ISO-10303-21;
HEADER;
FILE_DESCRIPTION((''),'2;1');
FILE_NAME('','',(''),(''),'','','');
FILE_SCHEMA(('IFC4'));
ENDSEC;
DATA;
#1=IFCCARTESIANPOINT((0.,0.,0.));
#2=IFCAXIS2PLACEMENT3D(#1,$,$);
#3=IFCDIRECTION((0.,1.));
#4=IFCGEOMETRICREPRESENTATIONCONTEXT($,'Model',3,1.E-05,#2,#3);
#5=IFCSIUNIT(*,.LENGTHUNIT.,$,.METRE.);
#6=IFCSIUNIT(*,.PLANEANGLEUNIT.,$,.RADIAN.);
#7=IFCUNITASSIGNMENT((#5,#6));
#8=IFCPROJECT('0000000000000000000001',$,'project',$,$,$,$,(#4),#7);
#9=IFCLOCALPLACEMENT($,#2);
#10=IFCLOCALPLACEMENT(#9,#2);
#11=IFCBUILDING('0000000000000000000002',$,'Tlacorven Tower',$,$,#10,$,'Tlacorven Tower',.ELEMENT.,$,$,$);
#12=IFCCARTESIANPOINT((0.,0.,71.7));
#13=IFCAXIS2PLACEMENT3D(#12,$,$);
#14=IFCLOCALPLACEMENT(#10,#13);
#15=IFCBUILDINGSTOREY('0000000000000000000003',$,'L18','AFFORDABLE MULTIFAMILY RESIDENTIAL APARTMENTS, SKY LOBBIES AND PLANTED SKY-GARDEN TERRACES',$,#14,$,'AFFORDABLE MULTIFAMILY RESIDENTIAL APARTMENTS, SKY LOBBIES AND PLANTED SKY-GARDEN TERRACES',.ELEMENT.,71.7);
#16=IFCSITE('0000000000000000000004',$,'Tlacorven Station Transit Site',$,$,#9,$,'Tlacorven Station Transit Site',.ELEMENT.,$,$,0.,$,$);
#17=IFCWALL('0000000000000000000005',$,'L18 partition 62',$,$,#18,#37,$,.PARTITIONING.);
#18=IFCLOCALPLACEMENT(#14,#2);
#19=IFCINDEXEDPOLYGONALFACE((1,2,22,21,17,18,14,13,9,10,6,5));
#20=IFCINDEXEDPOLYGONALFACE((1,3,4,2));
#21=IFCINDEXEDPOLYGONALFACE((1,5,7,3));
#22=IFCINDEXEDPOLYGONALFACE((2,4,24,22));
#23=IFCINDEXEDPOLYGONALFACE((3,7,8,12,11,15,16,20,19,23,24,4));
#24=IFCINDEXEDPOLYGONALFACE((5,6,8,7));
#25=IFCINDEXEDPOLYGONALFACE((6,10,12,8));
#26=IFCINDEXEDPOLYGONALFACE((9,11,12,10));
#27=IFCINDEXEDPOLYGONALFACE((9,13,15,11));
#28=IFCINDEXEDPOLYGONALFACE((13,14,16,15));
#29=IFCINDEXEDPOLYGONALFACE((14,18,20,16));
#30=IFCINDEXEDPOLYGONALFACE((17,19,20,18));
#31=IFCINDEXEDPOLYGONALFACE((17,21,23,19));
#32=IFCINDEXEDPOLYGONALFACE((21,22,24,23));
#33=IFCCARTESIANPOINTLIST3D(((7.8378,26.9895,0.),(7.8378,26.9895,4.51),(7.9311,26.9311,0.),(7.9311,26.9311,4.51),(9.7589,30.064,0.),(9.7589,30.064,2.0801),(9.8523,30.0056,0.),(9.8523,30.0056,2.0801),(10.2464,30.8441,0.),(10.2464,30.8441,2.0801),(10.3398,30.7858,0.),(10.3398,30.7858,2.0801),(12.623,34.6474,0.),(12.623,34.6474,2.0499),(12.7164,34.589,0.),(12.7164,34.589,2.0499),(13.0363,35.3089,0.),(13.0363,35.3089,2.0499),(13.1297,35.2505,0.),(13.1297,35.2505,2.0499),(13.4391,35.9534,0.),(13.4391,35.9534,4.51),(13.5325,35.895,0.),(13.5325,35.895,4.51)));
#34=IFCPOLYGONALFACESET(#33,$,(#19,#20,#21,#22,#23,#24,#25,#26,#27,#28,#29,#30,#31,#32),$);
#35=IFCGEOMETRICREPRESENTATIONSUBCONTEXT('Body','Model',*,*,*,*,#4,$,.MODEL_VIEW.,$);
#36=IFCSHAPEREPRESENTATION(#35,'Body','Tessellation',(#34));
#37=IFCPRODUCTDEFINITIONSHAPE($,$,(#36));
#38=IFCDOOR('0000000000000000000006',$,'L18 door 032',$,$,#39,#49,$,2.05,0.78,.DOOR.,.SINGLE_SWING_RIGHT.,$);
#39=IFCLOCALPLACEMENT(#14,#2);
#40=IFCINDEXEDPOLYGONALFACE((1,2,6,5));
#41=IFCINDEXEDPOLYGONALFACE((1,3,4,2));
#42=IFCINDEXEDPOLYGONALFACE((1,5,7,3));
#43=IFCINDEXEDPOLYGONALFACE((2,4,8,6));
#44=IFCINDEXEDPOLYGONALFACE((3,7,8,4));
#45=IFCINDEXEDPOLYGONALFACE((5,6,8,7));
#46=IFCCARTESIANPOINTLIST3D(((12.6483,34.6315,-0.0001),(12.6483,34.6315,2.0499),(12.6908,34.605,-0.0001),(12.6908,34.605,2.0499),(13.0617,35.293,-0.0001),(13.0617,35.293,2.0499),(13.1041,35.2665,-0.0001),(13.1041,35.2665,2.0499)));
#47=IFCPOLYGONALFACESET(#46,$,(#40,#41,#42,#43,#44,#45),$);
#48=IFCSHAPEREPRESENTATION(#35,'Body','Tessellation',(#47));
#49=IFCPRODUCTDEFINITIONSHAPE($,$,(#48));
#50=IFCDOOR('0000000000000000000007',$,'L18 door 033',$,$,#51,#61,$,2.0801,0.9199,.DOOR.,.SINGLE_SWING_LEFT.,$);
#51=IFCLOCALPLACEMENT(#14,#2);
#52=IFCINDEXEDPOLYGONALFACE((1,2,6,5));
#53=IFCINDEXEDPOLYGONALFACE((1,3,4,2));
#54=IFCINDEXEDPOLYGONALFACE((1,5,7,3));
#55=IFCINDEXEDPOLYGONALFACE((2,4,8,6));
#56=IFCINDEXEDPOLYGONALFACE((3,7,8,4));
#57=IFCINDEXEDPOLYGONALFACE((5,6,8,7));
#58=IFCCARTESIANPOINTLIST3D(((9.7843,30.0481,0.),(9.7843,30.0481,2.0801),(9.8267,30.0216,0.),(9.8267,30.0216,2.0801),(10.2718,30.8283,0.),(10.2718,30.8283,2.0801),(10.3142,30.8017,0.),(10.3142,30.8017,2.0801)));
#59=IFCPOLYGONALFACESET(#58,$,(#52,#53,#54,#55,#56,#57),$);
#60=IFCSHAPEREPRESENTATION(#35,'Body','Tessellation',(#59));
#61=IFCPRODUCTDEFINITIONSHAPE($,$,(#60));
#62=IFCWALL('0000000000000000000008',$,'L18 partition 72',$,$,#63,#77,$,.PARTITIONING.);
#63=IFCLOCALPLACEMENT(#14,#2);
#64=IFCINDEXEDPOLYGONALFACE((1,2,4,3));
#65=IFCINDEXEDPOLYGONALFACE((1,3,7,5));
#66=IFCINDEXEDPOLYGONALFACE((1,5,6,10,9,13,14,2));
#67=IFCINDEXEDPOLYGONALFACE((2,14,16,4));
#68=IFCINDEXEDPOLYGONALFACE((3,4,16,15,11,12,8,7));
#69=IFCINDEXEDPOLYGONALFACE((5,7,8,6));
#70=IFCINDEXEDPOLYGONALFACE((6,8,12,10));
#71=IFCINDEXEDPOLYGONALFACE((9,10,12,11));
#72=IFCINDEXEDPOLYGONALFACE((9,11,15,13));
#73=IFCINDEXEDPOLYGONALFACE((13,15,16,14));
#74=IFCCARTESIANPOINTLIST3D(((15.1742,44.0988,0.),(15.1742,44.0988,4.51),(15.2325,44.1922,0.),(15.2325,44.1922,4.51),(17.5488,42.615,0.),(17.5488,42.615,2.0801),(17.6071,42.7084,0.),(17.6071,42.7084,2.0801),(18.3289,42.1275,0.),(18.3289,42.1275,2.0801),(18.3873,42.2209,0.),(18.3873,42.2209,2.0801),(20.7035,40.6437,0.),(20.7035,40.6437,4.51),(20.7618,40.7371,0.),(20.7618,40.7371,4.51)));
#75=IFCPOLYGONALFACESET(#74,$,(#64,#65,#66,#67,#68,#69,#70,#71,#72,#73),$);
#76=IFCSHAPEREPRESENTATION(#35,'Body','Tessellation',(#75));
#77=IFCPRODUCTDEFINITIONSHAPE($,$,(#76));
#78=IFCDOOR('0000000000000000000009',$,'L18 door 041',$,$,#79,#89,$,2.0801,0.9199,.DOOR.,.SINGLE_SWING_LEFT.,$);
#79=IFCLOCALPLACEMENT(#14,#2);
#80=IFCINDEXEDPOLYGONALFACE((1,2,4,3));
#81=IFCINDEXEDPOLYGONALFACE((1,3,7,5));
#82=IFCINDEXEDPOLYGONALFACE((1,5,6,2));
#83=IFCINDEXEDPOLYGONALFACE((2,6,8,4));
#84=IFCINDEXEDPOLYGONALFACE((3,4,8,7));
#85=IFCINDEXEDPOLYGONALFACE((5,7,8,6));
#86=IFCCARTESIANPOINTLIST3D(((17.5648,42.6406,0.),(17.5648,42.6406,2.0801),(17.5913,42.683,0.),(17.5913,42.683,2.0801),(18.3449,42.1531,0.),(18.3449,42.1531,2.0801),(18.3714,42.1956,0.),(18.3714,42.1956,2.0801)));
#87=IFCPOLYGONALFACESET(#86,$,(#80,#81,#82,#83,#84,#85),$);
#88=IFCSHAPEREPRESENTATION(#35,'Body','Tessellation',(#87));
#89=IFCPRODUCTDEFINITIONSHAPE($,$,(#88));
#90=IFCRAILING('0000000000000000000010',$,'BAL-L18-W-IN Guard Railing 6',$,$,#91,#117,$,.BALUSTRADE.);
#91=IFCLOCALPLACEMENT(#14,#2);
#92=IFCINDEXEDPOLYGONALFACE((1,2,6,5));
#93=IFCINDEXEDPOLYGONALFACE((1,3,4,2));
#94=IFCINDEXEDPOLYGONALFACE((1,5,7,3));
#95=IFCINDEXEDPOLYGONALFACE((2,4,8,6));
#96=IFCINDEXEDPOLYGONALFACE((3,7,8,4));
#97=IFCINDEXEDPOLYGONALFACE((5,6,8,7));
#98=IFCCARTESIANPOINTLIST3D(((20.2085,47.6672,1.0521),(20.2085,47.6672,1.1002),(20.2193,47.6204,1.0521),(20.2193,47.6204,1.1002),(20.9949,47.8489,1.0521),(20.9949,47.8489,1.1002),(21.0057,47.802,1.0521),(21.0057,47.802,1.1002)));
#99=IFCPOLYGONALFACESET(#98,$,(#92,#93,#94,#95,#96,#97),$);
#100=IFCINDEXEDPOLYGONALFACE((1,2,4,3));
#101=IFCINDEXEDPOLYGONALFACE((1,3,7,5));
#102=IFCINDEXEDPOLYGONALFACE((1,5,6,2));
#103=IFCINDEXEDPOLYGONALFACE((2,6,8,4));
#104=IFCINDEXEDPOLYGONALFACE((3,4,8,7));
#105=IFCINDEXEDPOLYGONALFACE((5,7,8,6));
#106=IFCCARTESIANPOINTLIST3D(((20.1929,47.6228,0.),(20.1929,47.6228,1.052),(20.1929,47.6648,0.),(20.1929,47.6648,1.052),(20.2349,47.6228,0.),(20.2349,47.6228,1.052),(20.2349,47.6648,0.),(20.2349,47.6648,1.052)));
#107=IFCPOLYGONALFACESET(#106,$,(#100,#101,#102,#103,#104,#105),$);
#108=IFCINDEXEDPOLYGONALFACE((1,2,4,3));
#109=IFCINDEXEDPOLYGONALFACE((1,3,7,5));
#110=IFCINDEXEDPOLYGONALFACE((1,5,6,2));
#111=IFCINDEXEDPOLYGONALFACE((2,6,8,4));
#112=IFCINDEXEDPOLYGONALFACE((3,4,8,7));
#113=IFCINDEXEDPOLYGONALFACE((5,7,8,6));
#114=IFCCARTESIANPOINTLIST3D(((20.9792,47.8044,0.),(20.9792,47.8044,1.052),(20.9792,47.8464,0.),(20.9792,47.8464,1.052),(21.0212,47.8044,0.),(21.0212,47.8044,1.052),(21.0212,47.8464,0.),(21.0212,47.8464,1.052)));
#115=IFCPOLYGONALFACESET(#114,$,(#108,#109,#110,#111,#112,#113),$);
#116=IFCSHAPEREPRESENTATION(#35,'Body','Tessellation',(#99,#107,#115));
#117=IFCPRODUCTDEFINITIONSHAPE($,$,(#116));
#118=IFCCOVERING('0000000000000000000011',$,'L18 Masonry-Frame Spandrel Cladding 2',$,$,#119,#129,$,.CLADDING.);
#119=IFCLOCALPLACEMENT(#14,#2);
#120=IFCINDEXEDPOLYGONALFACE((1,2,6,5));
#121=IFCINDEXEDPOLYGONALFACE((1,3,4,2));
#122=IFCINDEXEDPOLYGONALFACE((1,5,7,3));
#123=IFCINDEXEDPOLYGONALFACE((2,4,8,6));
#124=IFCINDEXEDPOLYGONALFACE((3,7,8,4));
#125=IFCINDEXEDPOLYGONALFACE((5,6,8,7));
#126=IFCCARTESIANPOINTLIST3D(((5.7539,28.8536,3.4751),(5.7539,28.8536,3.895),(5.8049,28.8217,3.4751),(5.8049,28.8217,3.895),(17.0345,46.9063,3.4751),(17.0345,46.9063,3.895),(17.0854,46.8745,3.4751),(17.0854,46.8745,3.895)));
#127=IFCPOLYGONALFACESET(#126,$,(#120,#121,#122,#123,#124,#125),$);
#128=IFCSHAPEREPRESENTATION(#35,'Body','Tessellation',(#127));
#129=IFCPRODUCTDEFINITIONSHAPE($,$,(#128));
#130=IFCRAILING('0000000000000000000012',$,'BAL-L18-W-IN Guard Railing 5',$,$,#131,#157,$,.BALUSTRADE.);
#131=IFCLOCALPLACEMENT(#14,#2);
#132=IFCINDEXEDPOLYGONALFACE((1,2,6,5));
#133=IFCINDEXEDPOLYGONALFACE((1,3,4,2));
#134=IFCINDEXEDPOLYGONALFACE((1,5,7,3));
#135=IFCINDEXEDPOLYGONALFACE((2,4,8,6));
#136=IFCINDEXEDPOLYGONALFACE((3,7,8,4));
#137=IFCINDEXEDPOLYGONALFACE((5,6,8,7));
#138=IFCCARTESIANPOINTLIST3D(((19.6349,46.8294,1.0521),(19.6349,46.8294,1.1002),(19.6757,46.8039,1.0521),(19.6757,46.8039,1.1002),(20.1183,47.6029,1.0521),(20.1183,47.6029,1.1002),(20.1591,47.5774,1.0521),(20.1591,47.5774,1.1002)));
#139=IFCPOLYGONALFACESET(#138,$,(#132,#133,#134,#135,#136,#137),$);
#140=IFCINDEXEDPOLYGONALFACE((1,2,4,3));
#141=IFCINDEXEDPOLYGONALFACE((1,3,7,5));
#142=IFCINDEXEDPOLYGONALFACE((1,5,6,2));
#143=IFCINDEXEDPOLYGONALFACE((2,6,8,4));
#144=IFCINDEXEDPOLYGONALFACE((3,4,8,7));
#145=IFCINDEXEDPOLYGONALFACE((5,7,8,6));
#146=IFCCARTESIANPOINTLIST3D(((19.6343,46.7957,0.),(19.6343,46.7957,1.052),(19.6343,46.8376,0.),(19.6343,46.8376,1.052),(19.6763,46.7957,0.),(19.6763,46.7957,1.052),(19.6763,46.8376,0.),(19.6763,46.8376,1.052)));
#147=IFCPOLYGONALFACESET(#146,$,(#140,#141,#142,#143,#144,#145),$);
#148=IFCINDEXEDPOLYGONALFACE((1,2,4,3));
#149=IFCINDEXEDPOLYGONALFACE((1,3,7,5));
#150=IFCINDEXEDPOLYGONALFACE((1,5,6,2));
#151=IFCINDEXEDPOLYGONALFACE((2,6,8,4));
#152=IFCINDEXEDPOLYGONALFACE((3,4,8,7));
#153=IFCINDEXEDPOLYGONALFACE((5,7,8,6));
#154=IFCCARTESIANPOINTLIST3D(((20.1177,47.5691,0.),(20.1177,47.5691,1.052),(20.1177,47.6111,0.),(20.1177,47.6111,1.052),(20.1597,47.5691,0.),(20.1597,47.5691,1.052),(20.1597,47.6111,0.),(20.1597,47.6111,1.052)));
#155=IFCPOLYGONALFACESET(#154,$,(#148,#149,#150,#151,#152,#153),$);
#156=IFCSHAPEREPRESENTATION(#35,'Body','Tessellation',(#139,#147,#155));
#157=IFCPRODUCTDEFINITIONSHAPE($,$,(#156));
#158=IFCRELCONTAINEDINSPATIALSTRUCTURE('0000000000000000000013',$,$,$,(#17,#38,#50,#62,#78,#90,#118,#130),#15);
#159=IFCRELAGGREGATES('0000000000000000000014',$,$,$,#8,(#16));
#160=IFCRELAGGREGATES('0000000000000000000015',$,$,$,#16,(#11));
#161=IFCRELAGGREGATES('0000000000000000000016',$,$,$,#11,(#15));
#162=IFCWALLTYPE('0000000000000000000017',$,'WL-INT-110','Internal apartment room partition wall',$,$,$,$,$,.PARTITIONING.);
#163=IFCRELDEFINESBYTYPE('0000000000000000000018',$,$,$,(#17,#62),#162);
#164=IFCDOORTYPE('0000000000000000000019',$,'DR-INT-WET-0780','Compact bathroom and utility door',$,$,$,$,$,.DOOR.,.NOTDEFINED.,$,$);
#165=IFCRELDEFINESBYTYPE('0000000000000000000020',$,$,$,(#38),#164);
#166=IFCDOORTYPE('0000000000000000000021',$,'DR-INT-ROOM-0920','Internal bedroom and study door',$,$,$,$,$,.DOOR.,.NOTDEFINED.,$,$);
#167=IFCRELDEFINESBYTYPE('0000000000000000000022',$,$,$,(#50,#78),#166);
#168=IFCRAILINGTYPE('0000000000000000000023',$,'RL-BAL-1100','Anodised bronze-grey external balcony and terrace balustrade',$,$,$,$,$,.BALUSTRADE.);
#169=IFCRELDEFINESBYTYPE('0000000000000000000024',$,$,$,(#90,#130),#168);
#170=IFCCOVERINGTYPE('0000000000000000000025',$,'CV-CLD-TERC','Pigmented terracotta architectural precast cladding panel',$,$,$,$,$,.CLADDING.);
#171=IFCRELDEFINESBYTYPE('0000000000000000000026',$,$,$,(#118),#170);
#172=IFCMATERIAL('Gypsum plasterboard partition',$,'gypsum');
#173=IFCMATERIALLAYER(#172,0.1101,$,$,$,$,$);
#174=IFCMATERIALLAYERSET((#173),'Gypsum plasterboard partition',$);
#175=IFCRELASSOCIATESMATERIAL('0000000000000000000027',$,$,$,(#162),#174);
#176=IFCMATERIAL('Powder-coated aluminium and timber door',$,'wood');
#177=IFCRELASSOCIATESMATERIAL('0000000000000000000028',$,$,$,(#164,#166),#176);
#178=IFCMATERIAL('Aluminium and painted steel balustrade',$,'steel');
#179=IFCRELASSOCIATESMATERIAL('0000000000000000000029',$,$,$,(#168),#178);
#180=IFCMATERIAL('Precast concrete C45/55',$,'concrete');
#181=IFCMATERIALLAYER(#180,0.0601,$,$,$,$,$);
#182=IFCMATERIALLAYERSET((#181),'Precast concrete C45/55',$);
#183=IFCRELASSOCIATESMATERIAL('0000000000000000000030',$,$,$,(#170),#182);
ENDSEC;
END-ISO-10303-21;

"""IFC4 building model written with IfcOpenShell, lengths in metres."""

from ifc_helpers import new_model, si_unit, direction, frame, frame_2d, origin, origin_2d, place, context, subcontext, project, spatial, rectangle, extrude, source, transform, mapped, material, layer, layer_set, type_object, element, fill, save


model = new_model("IFC4")

# Units and contexts
model_context = context("Model", 3, precision=1e-05, world=origin(), true_north=direction((0.0, 1.0)))
body_context = subcontext(model_context, "Body", "Model", "MODEL_VIEW")
ifc_project = project(units=[si_unit("LENGTHUNIT", "METRE"), si_unit("PLANEANGLEUNIT", "RADIAN")], contexts=[model_context])

# Site, building, storey
site_placement = place(None, origin())
site = spatial("IfcSite", under=ifc_project, at=site_placement, Name="Tlacorven Station Transit Site", LongName="Tlacorven Station Transit Site", CompositionType="ELEMENT", RefElevation=0.0)
building_placement = place(site_placement, origin())
building = spatial("IfcBuilding", under=site, at=building_placement, Name="Tlacorven Tower", LongName="Tlacorven Tower", CompositionType="ELEMENT")
storey_placement = place(building_placement, frame((0.0, 0.0, 71.7)))
storey = spatial("IfcBuildingStorey", under=building, at=storey_placement, Name="L18", Description="AFFORDABLE MULTIFAMILY RESIDENTIAL APARTMENTS, SKY LOBBIES AND PLANTED SKY-GARDEN TERRACES", LongName="AFFORDABLE MULTIFAMILY RESIDENTIAL APARTMENTS, SKY LOBBIES AND PLANTED SKY-GARDEN TERRACES", CompositionType="ELEMENT", Elevation=71.7)

# Shared definitions
ifc_material_1 = material(Name="Precast concrete C45/55", Category="concrete")
ifc_material_2 = material(Name="Powder-coated aluminium and timber door", Category="wood")

# Wall, openings, doors
ifc_material_3 = material(Name="Gypsum plasterboard partition", Category="gypsum")
ifc_layer_1 = layer(ifc_material_3, 0.1101)
ifc_layer_set_1 = layer_set([ifc_layer_1], Name="Gypsum plasterboard partition")
wall_type_1 = type_object("IfcWallType", Name="WL-INT-110", Description="Internal apartment room partition wall", PredefinedType="PARTITIONING", material=ifc_layer_set_1)
wall_1_placement = place(storey_placement, frame((13.4858, 35.9243, 0.0), z_axis=(0.0, 0.0, 1.0), x_axis=(-0.529924, -0.848045, 0.0)))
wall_1 = element("IfcWall", 1, at=wall_1_placement, inside=storey, type_object=wall_type_1, Name="L18 partition 62", PredefinedType="PARTITIONING", context=body_context, shape_type="SweptSolid", body=[
    extrude(rectangle(XDim=10.5701, YDim=0.1101, at=frame_2d((5.2852, 0.0))), origin(), (0.0, 0.0, 1.0), 4.51),
])
opening_1_placement = place(wall_1_placement, frame((0.76, 0.0, 0.0)))
opening_1 = element("IfcOpeningElement", 2, at=opening_1_placement, cuts=wall_1, PredefinedType="OPENING", context=body_context, shape_type="SweptSolid", body=[
    extrude(rectangle(XDim=0.78, YDim=2.05, at=frame_2d((0.3901, 1.0249))), frame((0.0, 0.0649, 0.0), z_axis=(0.0, -1.0, 0.0), x_axis=(1.0, 0.0, 0.0)), (0.0, 0.0, 1.0), 0.1301),
])
opening_2_placement = place(wall_1_placement, frame((6.0249, 0.0, 0.0)))
opening_2 = element("IfcOpeningElement", 3, at=opening_2_placement, cuts=wall_1, PredefinedType="OPENING", context=body_context, shape_type="SweptSolid", body=[
    extrude(rectangle(XDim=0.9199, YDim=2.0801, at=frame_2d((0.46, 1.04))), frame((0.0, 0.0649, 0.0), z_axis=(0.0, -1.0, 0.0), x_axis=(1.0, 0.0, 0.0)), (0.0, 0.0, 1.0), 0.1301),
])
door_type_1 = type_object("IfcDoorType", Name="DR-INT-WET-0780", Description="Compact bathroom and utility door", OperationType="NOTDEFINED", PredefinedType="DOOR", material=ifc_material_2)
shared_shape_1 = source(origin(), body_context, "Body", "SweptSolid", [
    extrude(rectangle(XDim=0.78, YDim=2.05, at=frame_2d((0.3901, 1.0249))), frame((0.0, 0.0249, 0.0), z_axis=(0.0, -1.0, 0.0), x_axis=(1.0, 0.0, 0.0)), (0.0, 0.0, 1.0), 0.05),
])
door_1_placement = place(opening_1_placement, origin())
door_1 = element("IfcDoor", 4, at=door_1_placement, inside=storey, type_object=door_type_1, Name="L18 door 032", OperationType="SINGLE_SWING_RIGHT", OverallHeight=2.05, OverallWidth=0.78, PredefinedType="DOOR", context=body_context, shape_type="MappedRepresentation", body=[
    mapped(shared_shape_1, transform((0.0, 0.0, 0.0), scale=1.0)),
])
fill(opening_1, door_1)
door_type_2 = type_object("IfcDoorType", Name="DR-INT-ROOM-0920", Description="Internal bedroom and study door", OperationType="NOTDEFINED", PredefinedType="DOOR", material=ifc_material_2)
shared_shape_2 = source(origin(), body_context, "Body", "SweptSolid", [
    extrude(rectangle(XDim=0.9199, YDim=2.0801, at=frame_2d((0.46, 1.04))), frame((0.0, 0.0249, 0.0), z_axis=(0.0, -1.0, 0.0), x_axis=(1.0, 0.0, 0.0)), (0.0, 0.0, 1.0), 0.05),
])
door_2_placement = place(opening_2_placement, origin())
door_2 = element("IfcDoor", 5, at=door_2_placement, inside=storey, type_object=door_type_2, Name="L18 door 033", OperationType="SINGLE_SWING_LEFT", OverallHeight=2.0801, OverallWidth=0.9199, PredefinedType="DOOR", context=body_context, shape_type="MappedRepresentation", body=[
    mapped(shared_shape_2, transform((0.0, 0.0, 0.0), scale=1.0)),
])
fill(opening_2, door_2)

# Wall, opening, door
wall_2_placement = place(storey_placement, frame((20.7327, 40.6904, 0.0), z_axis=(0.0, 0.0, 1.0), x_axis=(-0.848049, 0.529918, 0.0)))
wall_2 = element("IfcWall", 6, at=wall_2_placement, inside=storey, type_object=wall_type_1, Name="L18 partition 72", PredefinedType="PARTITIONING", context=body_context, shape_type="SweptSolid", body=[
    extrude(rectangle(XDim=6.52, YDim=0.1101, at=frame_2d((3.26, 0.0))), origin(), (0.0, 0.0, 1.0), 4.51),
])
opening_3_placement = place(wall_2_placement, frame((2.8, 0.0, 0.0)))
opening_3 = element("IfcOpeningElement", 7, at=opening_3_placement, cuts=wall_2, PredefinedType="OPENING", context=body_context, shape_type="SweptSolid", body=[
    extrude(rectangle(XDim=0.9199, YDim=2.0801, at=frame_2d((0.46, 1.04))), frame((0.0, 0.0649, 0.0), z_axis=(0.0, -1.0, 0.0), x_axis=(1.0, 0.0, 0.0)), (0.0, 0.0, 1.0), 0.1301),
])
door_3_placement = place(opening_3_placement, origin())
door_3 = element("IfcDoor", 8, at=door_3_placement, inside=storey, type_object=door_type_2, Name="L18 door 041", OperationType="SINGLE_SWING_LEFT", OverallHeight=2.0801, OverallWidth=0.9199, PredefinedType="DOOR", context=body_context, shape_type="MappedRepresentation", body=[
    mapped(shared_shape_2, transform((0.0, 0.0, 0.0), scale=1.0)),
])
fill(opening_3, door_3)

# Railing
ifc_material_4 = material(Name="Aluminium and painted steel balustrade", Category="steel")
railing_type = type_object("IfcRailingType", Name="RL-BAL-1100", Description="Anodised bronze-grey external balcony and terrace balustrade", PredefinedType="BALUSTRADE", material=ifc_material_4)
shared_shape_3 = source(origin(), body_context, "Body", "SweptSolid", [
    extrude(rectangle(XDim=0.0481, YDim=0.0481, at=origin_2d()), frame((0.0, 0.0, 1.0762), z_axis=(0.974345, 0.225058, 0.0), x_axis=(-0.225058, 0.974345, 0.0)), (0.0, 0.0, 1.0), 0.8071),
    extrude(rectangle(XDim=0.042, YDim=0.042, at=origin_2d()), origin(), (0.0, 0.0, 1.0), 1.052),
    extrude(rectangle(XDim=0.042, YDim=0.042, at=origin_2d()), frame((0.7864, 0.1816, 0.0)), (0.0, 0.0, 1.0), 1.052),
])
railing_1_placement = place(storey_placement, frame((20.2139, 47.6438, 0.0)))
element("IfcRailing", 9, at=railing_1_placement, inside=storey, type_object=railing_type, Name="BAL-L18-W-IN Guard Railing 6", PredefinedType="BALUSTRADE", context=body_context, shape_type="MappedRepresentation", body=[
    mapped(shared_shape_3, transform((0.0, 0.0, 0.0), scale=1.0)),
])

# Covering
ifc_layer_2 = layer(ifc_material_1, 0.0601)
ifc_layer_set_2 = layer_set([ifc_layer_2], Name="Precast concrete C45/55")
covering_type = type_object("IfcCoveringType", Name="CV-CLD-TERC", Description="Pigmented terracotta architectural precast cladding panel", PredefinedType="CLADDING", material=ifc_layer_set_2)
shared_shape_4 = source(origin(), body_context, "Body", "SweptSolid", [
    extrude(rectangle(XDim=21.2874, YDim=0.0601, at=origin_2d()), origin(), (0.0, 0.0, 1.0), 0.4199),
])
covering_placement = place(storey_placement, frame((11.4197, 37.864, 3.4751), z_axis=(0.0, 0.0, 1.0), x_axis=(0.529919, 0.848048, 0.0)))
element("IfcCovering", 10, at=covering_placement, inside=storey, type_object=covering_type, Name="L18 Masonry-Frame Spandrel Cladding 2", PredefinedType="CLADDING", context=body_context, shape_type="MappedRepresentation", body=[
    mapped(shared_shape_4, transform((0.0, 0.0, 0.0), scale=1.0)),
])

# Railing
shared_shape_5 = source(origin(), body_context, "Body", "SweptSolid", [
    extrude(rectangle(XDim=0.0481, YDim=0.0481, at=origin_2d()), frame((0.0, 0.0, 1.0762), z_axis=(0.529999, 0.847998, 0.0), x_axis=(-0.847998, 0.529999, 0.0)), (0.0, 0.0, 1.0), 0.9121),
    extrude(rectangle(XDim=0.042, YDim=0.042, at=origin_2d()), origin(), (0.0, 0.0, 1.0), 1.052),
    extrude(rectangle(XDim=0.042, YDim=0.042, at=origin_2d()), frame((0.4834, 0.7734, 0.0)), (0.0, 0.0, 1.0), 1.052),
])
railing_2_placement = place(storey_placement, frame((19.6553, 46.8167, 0.0)))
element("IfcRailing", 11, at=railing_2_placement, inside=storey, type_object=railing_type, Name="BAL-L18-W-IN Guard Railing 5", PredefinedType="BALUSTRADE", context=body_context, shape_type="MappedRepresentation", body=[
    mapped(shared_shape_5, transform((0.0, 0.0, 0.0), scale=1.0)),
])

save(model, "model.ifc")
